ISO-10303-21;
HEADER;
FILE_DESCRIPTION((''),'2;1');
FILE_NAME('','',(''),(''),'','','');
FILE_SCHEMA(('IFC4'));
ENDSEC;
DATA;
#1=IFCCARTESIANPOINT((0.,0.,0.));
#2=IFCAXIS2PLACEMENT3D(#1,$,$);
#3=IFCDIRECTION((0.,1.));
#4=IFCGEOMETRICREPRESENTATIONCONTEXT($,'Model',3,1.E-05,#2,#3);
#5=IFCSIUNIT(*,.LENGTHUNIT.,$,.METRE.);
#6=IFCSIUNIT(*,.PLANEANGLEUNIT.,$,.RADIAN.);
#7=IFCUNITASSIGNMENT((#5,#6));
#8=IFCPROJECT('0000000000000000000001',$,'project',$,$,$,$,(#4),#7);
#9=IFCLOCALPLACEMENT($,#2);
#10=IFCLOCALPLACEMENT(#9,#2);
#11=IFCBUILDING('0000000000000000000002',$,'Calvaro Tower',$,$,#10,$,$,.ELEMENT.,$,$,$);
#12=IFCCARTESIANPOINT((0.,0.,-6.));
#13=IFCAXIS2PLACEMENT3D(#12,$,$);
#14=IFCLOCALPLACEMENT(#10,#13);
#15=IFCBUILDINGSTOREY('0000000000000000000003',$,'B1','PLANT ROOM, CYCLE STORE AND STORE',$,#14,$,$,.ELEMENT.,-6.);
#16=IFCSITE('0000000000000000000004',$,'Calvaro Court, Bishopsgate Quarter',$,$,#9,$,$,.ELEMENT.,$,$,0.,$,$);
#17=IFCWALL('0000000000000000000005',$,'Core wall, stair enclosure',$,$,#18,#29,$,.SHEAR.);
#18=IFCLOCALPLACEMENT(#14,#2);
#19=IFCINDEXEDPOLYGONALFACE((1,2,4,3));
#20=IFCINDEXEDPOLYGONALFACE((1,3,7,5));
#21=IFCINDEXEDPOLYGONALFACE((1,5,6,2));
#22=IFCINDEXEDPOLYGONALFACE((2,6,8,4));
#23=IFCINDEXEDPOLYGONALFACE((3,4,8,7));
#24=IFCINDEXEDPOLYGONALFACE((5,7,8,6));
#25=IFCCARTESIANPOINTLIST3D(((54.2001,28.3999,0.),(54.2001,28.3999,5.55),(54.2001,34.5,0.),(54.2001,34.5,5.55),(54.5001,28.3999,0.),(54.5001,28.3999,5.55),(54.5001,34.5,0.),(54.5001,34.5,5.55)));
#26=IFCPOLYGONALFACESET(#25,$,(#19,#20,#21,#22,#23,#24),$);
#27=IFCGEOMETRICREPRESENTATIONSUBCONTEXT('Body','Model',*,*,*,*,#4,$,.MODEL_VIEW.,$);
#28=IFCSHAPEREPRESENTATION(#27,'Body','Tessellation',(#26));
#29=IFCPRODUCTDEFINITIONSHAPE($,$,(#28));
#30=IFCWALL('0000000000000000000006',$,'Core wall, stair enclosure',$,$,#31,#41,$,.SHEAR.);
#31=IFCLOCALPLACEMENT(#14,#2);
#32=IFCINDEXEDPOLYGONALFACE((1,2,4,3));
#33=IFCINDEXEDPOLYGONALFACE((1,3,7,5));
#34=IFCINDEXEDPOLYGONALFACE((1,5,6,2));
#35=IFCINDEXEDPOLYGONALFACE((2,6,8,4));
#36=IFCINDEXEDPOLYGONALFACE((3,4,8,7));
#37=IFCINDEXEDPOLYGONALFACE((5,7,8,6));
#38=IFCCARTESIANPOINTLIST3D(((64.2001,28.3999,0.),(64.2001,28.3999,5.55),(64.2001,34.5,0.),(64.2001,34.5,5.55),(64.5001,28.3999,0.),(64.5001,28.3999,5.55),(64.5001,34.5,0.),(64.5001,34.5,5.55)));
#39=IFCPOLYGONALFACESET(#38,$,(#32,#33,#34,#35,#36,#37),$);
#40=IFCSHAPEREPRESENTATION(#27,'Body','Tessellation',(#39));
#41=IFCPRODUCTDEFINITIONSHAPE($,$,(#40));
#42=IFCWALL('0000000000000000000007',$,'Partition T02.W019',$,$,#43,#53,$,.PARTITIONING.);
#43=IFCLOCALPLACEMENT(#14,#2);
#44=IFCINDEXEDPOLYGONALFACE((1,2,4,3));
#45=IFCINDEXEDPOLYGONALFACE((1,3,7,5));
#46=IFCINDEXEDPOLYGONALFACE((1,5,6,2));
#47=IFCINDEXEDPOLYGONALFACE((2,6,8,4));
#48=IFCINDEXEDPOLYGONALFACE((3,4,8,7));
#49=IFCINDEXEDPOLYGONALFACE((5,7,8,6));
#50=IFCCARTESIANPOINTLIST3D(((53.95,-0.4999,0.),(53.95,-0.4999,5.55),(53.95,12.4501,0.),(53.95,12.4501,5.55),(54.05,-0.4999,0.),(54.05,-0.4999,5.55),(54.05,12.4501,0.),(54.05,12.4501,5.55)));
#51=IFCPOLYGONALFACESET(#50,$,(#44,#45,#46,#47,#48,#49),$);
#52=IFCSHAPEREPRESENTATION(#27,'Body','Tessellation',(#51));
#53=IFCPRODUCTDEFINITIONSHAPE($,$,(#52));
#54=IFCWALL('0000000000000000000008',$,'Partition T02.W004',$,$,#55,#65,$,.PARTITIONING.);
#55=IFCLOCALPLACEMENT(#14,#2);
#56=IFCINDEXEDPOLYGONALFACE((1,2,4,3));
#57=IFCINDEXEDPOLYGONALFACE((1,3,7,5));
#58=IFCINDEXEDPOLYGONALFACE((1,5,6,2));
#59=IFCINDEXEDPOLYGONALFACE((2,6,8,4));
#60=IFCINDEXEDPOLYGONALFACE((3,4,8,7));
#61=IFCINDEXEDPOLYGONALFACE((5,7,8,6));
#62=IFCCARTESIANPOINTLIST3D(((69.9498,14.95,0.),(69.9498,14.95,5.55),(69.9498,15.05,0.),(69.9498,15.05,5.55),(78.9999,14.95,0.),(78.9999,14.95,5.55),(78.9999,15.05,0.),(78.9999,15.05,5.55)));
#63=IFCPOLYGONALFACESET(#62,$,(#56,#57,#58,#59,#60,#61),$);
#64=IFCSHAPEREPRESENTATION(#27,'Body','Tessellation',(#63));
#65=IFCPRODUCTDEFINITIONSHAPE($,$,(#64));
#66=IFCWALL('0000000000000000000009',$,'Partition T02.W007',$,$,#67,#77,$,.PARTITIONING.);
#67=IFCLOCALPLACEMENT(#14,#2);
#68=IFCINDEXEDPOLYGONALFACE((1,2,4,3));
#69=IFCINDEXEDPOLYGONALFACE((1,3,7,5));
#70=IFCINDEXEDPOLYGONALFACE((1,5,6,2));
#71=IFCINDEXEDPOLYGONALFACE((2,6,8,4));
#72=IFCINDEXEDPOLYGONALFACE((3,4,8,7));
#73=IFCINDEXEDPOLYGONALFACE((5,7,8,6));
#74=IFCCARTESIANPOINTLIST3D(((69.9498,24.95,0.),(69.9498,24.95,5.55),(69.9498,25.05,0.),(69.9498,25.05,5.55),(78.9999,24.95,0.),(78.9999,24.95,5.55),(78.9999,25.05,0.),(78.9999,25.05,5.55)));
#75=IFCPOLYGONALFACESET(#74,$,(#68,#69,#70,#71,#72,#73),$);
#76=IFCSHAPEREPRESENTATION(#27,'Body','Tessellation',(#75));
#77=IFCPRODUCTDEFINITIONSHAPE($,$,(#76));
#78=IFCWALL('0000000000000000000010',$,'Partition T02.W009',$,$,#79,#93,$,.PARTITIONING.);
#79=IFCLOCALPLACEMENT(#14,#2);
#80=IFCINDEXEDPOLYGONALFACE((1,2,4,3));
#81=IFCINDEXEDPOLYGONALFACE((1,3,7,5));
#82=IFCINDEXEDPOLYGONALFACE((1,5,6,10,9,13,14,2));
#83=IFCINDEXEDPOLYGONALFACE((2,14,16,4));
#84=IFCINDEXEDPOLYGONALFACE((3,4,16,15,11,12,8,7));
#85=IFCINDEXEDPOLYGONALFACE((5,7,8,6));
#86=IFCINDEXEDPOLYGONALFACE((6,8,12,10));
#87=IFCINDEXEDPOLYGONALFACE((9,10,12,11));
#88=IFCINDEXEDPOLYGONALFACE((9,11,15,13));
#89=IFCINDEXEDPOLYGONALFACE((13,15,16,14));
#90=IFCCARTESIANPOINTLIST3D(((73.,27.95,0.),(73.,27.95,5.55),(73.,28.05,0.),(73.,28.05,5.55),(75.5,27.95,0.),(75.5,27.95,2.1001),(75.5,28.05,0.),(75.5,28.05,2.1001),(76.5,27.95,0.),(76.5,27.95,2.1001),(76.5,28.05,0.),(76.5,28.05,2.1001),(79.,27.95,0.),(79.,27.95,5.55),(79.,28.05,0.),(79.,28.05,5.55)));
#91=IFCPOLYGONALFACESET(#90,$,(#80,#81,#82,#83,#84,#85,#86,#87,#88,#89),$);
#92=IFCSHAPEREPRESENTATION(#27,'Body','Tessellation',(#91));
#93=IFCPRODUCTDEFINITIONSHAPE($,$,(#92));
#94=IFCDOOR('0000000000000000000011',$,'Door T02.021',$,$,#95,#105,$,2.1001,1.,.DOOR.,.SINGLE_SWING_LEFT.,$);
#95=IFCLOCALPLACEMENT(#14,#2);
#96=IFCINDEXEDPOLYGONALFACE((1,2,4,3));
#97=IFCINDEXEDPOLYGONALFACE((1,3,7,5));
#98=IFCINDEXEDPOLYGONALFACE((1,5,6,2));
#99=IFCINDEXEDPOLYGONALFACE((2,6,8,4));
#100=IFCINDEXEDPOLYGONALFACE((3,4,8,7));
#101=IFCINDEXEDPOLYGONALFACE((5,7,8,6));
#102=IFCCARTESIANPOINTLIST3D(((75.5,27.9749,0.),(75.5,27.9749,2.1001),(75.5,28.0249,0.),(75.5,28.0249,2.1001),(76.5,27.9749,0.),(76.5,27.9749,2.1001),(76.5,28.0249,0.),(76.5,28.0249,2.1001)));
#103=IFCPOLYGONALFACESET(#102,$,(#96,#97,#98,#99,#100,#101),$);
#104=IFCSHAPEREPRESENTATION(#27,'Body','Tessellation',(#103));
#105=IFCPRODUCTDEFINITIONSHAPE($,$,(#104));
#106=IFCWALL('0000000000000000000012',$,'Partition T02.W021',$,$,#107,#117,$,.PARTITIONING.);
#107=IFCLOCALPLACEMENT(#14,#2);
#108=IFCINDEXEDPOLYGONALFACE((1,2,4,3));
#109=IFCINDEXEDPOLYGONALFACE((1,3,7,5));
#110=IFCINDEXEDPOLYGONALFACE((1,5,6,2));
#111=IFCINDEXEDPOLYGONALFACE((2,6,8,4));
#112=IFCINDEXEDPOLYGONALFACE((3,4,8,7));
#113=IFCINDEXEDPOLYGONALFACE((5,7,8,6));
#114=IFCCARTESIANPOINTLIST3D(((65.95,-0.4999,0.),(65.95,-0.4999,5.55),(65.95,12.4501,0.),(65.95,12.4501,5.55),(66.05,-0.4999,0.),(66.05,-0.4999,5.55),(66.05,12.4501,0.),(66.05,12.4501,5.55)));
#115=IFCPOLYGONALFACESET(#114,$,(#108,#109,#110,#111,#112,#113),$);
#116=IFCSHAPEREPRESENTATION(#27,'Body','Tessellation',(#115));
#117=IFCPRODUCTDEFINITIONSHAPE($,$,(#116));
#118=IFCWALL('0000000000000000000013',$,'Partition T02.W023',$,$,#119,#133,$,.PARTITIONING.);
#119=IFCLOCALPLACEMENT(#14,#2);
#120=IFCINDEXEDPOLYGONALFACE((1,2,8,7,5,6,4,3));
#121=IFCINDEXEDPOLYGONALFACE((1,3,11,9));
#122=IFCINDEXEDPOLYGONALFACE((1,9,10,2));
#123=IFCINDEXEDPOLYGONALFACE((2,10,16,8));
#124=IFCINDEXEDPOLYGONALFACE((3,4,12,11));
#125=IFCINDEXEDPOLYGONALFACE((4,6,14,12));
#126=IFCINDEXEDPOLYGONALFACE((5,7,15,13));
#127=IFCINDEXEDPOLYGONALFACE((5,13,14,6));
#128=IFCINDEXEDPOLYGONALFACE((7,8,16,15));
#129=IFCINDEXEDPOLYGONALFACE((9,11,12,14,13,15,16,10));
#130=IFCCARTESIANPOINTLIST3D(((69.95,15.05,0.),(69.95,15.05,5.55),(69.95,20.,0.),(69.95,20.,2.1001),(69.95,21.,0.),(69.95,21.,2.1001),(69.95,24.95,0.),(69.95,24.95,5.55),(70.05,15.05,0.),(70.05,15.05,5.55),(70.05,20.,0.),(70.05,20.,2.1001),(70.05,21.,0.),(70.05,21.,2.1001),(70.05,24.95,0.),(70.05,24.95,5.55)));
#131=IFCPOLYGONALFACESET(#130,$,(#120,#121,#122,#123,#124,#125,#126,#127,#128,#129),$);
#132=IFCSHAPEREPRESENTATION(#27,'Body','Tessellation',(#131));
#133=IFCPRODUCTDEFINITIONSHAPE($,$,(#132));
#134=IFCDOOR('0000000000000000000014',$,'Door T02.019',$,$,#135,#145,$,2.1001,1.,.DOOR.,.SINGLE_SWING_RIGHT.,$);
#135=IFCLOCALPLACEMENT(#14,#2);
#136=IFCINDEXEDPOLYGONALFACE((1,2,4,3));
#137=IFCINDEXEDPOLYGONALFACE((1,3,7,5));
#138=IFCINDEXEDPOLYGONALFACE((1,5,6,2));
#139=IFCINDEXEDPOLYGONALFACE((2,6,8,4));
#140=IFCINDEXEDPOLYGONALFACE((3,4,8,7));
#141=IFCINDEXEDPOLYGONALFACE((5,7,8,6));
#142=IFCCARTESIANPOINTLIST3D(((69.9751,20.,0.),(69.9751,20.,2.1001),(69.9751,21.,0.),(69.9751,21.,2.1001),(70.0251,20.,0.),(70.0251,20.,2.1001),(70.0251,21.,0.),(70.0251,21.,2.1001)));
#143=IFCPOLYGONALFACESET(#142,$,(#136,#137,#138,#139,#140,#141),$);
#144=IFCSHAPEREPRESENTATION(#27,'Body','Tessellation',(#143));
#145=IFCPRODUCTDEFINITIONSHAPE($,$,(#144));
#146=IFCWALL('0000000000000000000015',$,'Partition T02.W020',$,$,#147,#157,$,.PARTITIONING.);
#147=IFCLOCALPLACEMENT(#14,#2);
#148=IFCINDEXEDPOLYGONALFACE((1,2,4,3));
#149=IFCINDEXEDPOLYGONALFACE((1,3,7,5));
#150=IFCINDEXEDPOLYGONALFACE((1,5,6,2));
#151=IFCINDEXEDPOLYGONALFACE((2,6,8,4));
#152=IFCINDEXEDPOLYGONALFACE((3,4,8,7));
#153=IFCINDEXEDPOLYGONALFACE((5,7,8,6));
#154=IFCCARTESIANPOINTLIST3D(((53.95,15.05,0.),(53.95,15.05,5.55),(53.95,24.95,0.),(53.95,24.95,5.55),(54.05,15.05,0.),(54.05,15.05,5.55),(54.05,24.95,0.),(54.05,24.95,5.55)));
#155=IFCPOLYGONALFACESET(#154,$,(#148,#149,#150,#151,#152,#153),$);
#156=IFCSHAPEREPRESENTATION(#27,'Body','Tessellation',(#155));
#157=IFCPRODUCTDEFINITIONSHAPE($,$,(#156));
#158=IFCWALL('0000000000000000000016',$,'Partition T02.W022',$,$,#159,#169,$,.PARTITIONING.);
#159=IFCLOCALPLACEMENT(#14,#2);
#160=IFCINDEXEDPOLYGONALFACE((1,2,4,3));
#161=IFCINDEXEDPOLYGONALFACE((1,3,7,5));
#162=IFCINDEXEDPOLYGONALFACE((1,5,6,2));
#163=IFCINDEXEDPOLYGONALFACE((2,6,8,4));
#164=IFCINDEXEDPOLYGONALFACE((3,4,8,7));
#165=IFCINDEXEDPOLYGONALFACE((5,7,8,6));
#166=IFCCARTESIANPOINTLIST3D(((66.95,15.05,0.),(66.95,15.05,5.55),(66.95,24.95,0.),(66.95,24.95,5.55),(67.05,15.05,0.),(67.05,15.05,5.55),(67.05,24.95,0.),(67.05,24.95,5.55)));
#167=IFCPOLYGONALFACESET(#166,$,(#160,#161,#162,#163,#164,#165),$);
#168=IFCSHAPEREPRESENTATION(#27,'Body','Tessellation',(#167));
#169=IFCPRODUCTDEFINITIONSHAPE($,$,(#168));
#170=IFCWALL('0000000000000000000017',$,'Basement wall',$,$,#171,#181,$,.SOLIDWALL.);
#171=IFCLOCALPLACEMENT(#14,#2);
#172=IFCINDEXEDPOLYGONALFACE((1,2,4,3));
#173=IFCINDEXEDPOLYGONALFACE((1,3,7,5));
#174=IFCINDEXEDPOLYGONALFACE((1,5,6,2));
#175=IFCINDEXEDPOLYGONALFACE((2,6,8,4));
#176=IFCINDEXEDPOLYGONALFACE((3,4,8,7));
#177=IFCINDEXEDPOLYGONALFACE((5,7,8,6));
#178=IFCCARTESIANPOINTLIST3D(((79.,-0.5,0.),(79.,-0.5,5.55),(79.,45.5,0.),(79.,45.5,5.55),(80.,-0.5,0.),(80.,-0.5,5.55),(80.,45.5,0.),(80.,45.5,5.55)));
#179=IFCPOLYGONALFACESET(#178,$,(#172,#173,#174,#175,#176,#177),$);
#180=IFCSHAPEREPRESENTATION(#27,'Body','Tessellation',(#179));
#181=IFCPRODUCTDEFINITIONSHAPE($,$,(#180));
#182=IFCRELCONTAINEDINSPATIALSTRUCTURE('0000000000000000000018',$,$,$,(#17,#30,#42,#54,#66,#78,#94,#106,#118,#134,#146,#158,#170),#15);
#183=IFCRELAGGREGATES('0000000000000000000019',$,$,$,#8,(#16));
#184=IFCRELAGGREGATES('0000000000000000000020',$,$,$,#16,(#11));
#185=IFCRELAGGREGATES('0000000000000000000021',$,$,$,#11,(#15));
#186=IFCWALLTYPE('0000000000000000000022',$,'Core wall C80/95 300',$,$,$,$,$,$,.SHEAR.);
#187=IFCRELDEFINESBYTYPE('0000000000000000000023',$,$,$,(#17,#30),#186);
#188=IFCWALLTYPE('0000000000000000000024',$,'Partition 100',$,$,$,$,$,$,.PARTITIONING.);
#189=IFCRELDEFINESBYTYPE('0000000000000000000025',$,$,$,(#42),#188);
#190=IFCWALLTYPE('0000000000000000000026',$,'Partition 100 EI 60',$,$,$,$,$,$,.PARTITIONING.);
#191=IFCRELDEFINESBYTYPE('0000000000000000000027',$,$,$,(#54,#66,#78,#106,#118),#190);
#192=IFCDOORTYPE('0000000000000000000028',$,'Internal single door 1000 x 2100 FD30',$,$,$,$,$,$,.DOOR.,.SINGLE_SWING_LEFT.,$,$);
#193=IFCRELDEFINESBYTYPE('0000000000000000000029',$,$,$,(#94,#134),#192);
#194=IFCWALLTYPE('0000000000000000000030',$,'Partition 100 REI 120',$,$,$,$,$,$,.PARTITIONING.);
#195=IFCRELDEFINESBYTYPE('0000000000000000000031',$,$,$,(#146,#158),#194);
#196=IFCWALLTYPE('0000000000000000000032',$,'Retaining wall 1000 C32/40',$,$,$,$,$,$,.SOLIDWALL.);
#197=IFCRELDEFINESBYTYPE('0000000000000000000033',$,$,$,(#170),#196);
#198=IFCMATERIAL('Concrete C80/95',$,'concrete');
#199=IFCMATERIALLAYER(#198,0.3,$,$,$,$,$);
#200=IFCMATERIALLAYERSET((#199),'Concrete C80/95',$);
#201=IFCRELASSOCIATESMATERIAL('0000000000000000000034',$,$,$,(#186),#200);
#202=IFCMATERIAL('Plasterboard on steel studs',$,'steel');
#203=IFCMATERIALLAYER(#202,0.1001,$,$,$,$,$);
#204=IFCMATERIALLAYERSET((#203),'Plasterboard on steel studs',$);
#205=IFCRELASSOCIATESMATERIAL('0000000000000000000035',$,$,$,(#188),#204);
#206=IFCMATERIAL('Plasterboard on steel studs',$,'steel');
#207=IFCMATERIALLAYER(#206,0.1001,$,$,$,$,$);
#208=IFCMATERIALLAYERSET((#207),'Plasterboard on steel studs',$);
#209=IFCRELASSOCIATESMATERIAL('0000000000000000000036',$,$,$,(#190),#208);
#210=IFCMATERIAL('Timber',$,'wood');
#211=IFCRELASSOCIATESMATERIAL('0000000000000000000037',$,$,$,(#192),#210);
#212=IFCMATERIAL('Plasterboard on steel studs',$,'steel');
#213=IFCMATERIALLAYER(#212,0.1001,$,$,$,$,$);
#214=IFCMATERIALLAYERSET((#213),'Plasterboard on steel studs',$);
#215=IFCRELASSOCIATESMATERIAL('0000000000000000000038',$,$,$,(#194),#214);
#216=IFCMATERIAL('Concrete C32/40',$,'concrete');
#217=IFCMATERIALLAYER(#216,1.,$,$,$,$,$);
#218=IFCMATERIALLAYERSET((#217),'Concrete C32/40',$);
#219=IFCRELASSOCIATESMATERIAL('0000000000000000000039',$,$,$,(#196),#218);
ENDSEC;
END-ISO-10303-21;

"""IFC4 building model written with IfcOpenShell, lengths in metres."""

from ifc_helpers import new_model, si_unit, direction, frame, frame_2d, origin, place, context, subcontext, project, spatial, rectangle, extrude, material, layer, layer_set, type_object, element, fill, save


model = new_model("IFC4")

# Units and contexts
model_context = context("Model", 3, precision=1e-05, world=origin(), true_north=direction((0.0, 1.0)))
body_context = subcontext(model_context, "Body", "Model", "MODEL_VIEW")
ifc_project = project(units=[si_unit("LENGTHUNIT", "METRE"), si_unit("PLANEANGLEUNIT", "RADIAN")], contexts=[model_context])

# Site, building, storey
site_placement = place(None, origin())
site = spatial("IfcSite", under=ifc_project, at=site_placement, Name="Calvaro Court, Bishopsgate Quarter", CompositionType="ELEMENT", RefElevation=0.0)
building_placement = place(site_placement, origin())
building = spatial("IfcBuilding", under=site, at=building_placement, Name="Calvaro Tower", CompositionType="ELEMENT")
storey_placement = place(building_placement, frame((0.0, 0.0, -6.0)))
storey = spatial("IfcBuildingStorey", under=building, at=storey_placement, Name="B1", Description="PLANT ROOM, CYCLE STORE AND STORE", CompositionType="ELEMENT", Elevation=-6.0)

# Walls
ifc_material_1 = material(Name="Concrete C80/95", Category="concrete")
ifc_layer_1 = layer(ifc_material_1, 0.3)
ifc_layer_set_1 = layer_set([ifc_layer_1], Name="Concrete C80/95")
wall_type_1 = type_object("IfcWallType", Name="Core wall C80/95 300", PredefinedType="SHEAR", material=ifc_layer_set_1)
for number, where, z_axis, x_axis, name in (
    (1, (54.3501, 28.3999, 0.0), (0.0, 0.0, 1.0), (0.0, 1.0, 0.0), "Core wall, stair enclosure"),
    (2, (64.3501, 28.3999, 0.0), (0.0, 0.0, 1.0), (0.0, 1.0, 0.0), "Core wall, stair enclosure"),
):
    element("IfcWall", number, at=place(storey_placement, frame(where, z_axis=z_axis, x_axis=x_axis)), inside=storey, type_object=wall_type_1, Name=name, PredefinedType="SHEAR", context=body_context, shape_type="SweptSolid", body=[
        extrude(rectangle(XDim=6.1001, YDim=0.3, at=frame_2d((3.05, 0.0))), origin(), (0.0, 0.0, 1.0), 5.55),
    ])
ifc_material_2 = material(Name="Plasterboard on steel studs", Category="steel")
ifc_layer_2 = layer(ifc_material_2, 0.1001)
ifc_layer_set_2 = layer_set([ifc_layer_2], Name="Plasterboard on steel studs")
wall_type_2 = type_object("IfcWallType", Name="Partition 100", PredefinedType="PARTITIONING", material=ifc_layer_set_2)
wall_1_placement = place(storey_placement, frame((54.0, -0.5, 0.0), z_axis=(0.0, 0.0, 1.0), x_axis=(0.0, 1.0, 0.0)))
element("IfcWall", 3, at=wall_1_placement, inside=storey, type_object=wall_type_2, Name="Partition T02.W019", PredefinedType="PARTITIONING", context=body_context, shape_type="SweptSolid", body=[
    extrude(rectangle(XDim=12.95, YDim=0.1001, at=frame_2d((6.4751, 0.0))), origin(), (0.0, 0.0, 1.0), 5.55),
])
ifc_material_3 = material(Name="Plasterboard on steel studs", Category="steel")
ifc_layer_3 = layer(ifc_material_3, 0.1001)
ifc_layer_set_3 = layer_set([ifc_layer_3], Name="Plasterboard on steel studs")
wall_type_3 = type_object("IfcWallType", Name="Partition 100 EI 60", PredefinedType="PARTITIONING", material=ifc_layer_set_3)
for number, where, z_axis, x_axis, name in (
    (4, (69.95, 15.0, 0.0), (0.0, 0.0, 1.0), (1.0, 0.0, 0.0), "Partition T02.W004"),
    (5, (69.95, 25.0, 0.0), (0.0, 0.0, 1.0), (1.0, 0.0, 0.0), "Partition T02.W007"),
):
    element("IfcWall", number, at=place(storey_placement, frame(where, z_axis=z_axis, x_axis=x_axis)), inside=storey, type_object=wall_type_3, Name=name, PredefinedType="PARTITIONING", context=body_context, shape_type="SweptSolid", body=[
        extrude(rectangle(XDim=9.05, YDim=0.1001, at=frame_2d((4.5249, 0.0))), origin(), (0.0, 0.0, 1.0), 5.55),
    ])

# Wall, opening, door
wall_2_placement = place(storey_placement, frame((73.0, 28.0, 0.0), z_axis=(0.0, 0.0, 1.0), x_axis=(1.0, 0.0, 0.0)))
wall_2 = element("IfcWall", 6, at=wall_2_placement, inside=storey, type_object=wall_type_3, Name="Partition T02.W009", PredefinedType="PARTITIONING", context=body_context, shape_type="SweptSolid", body=[
    extrude(rectangle(XDim=6.0, YDim=0.1001, at=frame_2d((3.0, 0.0))), origin(), (0.0, 0.0, 1.0), 5.55),
])
opening_1_placement = place(wall_2_placement, frame((2.5, 0.0, 0.0)))
opening_1 = element("IfcOpeningElement", 7, at=opening_1_placement, cuts=wall_2, PredefinedType="OPENING", context=body_context, shape_type="SweptSolid", body=[
    extrude(rectangle(XDim=1.0, YDim=2.1001, at=frame_2d((0.5, 1.05))), frame((0.0, 0.0601, 0.0), z_axis=(0.0, -1.0, 0.0), x_axis=(1.0, 0.0, 0.0)), (0.0, 0.0, 1.0), 0.1201),
])
ifc_material_4 = material(Name="Timber", Category="wood")
door_type_1 = type_object("IfcDoorType", Name="Internal single door 1000 x 2100 FD30", OperationType="SINGLE_SWING_LEFT", PredefinedType="DOOR", material=ifc_material_4)
door_1_placement = place(opening_1_placement, origin())
door_1 = element("IfcDoor", 8, at=door_1_placement, inside=storey, type_object=door_type_1, Name="Door T02.021", OperationType="SINGLE_SWING_LEFT", OverallHeight=2.1001, OverallWidth=1.0, PredefinedType="DOOR", context=body_context, shape_type="SweptSolid", body=[
    extrude(rectangle(XDim=1.0, YDim=2.1001, at=frame_2d((0.5, 1.05))), frame((0.0, 0.0249, 0.0), z_axis=(0.0, -1.0, 0.0), x_axis=(1.0, 0.0, 0.0)), (0.0, 0.0, 1.0), 0.05),
])
fill(opening_1, door_1)

# Wall
wall_3_placement = place(storey_placement, frame((66.0, -0.5, 0.0), z_axis=(0.0, 0.0, 1.0), x_axis=(0.0, 1.0, 0.0)))
element("IfcWall", 9, at=wall_3_placement, inside=storey, type_object=wall_type_3, Name="Partition T02.W021", PredefinedType="PARTITIONING", context=body_context, shape_type="SweptSolid", body=[
    extrude(rectangle(XDim=12.95, YDim=0.1001, at=frame_2d((6.4751, 0.0))), origin(), (0.0, 0.0, 1.0), 5.55),
])

# Wall, opening, door
wall_4_placement = place(storey_placement, frame((70.0, 15.05, 0.0), z_axis=(0.0, 0.0, 1.0), x_axis=(0.0, 1.0, 0.0)))
wall_4 = element("IfcWall", 10, at=wall_4_placement, inside=storey, type_object=wall_type_3, Name="Partition T02.W023", PredefinedType="PARTITIONING", context=body_context, shape_type="SweptSolid", body=[
    extrude(rectangle(XDim=9.8999, YDim=0.1001, at=frame_2d((4.95, 0.0))), origin(), (0.0, 0.0, 1.0), 5.55),
])
opening_2_placement = place(wall_4_placement, frame((4.95, 0.0, 0.0)))
opening_2 = element("IfcOpeningElement", 11, at=opening_2_placement, cuts=wall_4, PredefinedType="OPENING", context=body_context, shape_type="SweptSolid", body=[
    extrude(rectangle(XDim=1.0, YDim=2.1001, at=frame_2d((0.5, 1.05))), frame((0.0, 0.0601, 0.0), z_axis=(0.0, -1.0, 0.0), x_axis=(1.0, 0.0, 0.0)), (0.0, 0.0, 1.0), 0.1201),
])
door_2_placement = place(opening_2_placement, origin())
door_2 = element("IfcDoor", 12, at=door_2_placement, inside=storey, type_object=door_type_1, Name="Door T02.019", OperationType="SINGLE_SWING_RIGHT", OverallHeight=2.1001, OverallWidth=1.0, PredefinedType="DOOR", context=body_context, shape_type="SweptSolid", body=[
    extrude(rectangle(XDim=1.0, YDim=2.1001, at=frame_2d((0.5, 1.05))), frame((0.0, 0.0249, 0.0), z_axis=(0.0, -1.0, 0.0), x_axis=(1.0, 0.0, 0.0)), (0.0, 0.0, 1.0), 0.05),
])
fill(opening_2, door_2)

# Walls
ifc_material_5 = material(Name="Plasterboard on steel studs", Category="steel")
ifc_layer_4 = layer(ifc_material_5, 0.1001)
ifc_layer_set_4 = layer_set([ifc_layer_4], Name="Plasterboard on steel studs")
wall_type_4 = type_object("IfcWallType", Name="Partition 100 REI 120", PredefinedType="PARTITIONING", material=ifc_layer_set_4)
for number, where, z_axis, x_axis, name in (
    (13, (54.0, 15.05, 0.0), (0.0, 0.0, 1.0), (0.0, 1.0, 0.0), "Partition T02.W020"),
    (14, (67.0, 15.05, 0.0), (0.0, 0.0, 1.0), (0.0, 1.0, 0.0), "Partition T02.W022"),
):
    element("IfcWall", number, at=place(storey_placement, frame(where, z_axis=z_axis, x_axis=x_axis)), inside=storey, type_object=wall_type_4, Name=name, PredefinedType="PARTITIONING", context=body_context, shape_type="SweptSolid", body=[
        extrude(rectangle(XDim=9.8999, YDim=0.1001, at=frame_2d((4.95, 0.0))), origin(), (0.0, 0.0, 1.0), 5.55),
    ])
ifc_material_6 = material(Name="Concrete C32/40", Category="concrete")
ifc_layer_5 = layer(ifc_material_6, 1.0)
ifc_layer_set_5 = layer_set([ifc_layer_5], Name="Concrete C32/40")
wall_type_5 = type_object("IfcWallType", Name="Retaining wall 1000 C32/40", PredefinedType="SOLIDWALL", material=ifc_layer_set_5)
wall_5_placement = place(storey_placement, frame((79.5, -0.5, 0.0), z_axis=(0.0, 0.0, 1.0), x_axis=(0.0, 1.0, 0.0)))
element("IfcWall", 15, at=wall_5_placement, inside=storey, type_object=wall_type_5, Name="Basement wall", PredefinedType="SOLIDWALL", context=body_context, shape_type="SweptSolid", body=[
    extrude(rectangle(XDim=46.0, YDim=1.0, at=frame_2d((23.0, 0.0))), origin(), (0.0, 0.0, 1.0), 5.55),
])

save(model, "model.ifc")
